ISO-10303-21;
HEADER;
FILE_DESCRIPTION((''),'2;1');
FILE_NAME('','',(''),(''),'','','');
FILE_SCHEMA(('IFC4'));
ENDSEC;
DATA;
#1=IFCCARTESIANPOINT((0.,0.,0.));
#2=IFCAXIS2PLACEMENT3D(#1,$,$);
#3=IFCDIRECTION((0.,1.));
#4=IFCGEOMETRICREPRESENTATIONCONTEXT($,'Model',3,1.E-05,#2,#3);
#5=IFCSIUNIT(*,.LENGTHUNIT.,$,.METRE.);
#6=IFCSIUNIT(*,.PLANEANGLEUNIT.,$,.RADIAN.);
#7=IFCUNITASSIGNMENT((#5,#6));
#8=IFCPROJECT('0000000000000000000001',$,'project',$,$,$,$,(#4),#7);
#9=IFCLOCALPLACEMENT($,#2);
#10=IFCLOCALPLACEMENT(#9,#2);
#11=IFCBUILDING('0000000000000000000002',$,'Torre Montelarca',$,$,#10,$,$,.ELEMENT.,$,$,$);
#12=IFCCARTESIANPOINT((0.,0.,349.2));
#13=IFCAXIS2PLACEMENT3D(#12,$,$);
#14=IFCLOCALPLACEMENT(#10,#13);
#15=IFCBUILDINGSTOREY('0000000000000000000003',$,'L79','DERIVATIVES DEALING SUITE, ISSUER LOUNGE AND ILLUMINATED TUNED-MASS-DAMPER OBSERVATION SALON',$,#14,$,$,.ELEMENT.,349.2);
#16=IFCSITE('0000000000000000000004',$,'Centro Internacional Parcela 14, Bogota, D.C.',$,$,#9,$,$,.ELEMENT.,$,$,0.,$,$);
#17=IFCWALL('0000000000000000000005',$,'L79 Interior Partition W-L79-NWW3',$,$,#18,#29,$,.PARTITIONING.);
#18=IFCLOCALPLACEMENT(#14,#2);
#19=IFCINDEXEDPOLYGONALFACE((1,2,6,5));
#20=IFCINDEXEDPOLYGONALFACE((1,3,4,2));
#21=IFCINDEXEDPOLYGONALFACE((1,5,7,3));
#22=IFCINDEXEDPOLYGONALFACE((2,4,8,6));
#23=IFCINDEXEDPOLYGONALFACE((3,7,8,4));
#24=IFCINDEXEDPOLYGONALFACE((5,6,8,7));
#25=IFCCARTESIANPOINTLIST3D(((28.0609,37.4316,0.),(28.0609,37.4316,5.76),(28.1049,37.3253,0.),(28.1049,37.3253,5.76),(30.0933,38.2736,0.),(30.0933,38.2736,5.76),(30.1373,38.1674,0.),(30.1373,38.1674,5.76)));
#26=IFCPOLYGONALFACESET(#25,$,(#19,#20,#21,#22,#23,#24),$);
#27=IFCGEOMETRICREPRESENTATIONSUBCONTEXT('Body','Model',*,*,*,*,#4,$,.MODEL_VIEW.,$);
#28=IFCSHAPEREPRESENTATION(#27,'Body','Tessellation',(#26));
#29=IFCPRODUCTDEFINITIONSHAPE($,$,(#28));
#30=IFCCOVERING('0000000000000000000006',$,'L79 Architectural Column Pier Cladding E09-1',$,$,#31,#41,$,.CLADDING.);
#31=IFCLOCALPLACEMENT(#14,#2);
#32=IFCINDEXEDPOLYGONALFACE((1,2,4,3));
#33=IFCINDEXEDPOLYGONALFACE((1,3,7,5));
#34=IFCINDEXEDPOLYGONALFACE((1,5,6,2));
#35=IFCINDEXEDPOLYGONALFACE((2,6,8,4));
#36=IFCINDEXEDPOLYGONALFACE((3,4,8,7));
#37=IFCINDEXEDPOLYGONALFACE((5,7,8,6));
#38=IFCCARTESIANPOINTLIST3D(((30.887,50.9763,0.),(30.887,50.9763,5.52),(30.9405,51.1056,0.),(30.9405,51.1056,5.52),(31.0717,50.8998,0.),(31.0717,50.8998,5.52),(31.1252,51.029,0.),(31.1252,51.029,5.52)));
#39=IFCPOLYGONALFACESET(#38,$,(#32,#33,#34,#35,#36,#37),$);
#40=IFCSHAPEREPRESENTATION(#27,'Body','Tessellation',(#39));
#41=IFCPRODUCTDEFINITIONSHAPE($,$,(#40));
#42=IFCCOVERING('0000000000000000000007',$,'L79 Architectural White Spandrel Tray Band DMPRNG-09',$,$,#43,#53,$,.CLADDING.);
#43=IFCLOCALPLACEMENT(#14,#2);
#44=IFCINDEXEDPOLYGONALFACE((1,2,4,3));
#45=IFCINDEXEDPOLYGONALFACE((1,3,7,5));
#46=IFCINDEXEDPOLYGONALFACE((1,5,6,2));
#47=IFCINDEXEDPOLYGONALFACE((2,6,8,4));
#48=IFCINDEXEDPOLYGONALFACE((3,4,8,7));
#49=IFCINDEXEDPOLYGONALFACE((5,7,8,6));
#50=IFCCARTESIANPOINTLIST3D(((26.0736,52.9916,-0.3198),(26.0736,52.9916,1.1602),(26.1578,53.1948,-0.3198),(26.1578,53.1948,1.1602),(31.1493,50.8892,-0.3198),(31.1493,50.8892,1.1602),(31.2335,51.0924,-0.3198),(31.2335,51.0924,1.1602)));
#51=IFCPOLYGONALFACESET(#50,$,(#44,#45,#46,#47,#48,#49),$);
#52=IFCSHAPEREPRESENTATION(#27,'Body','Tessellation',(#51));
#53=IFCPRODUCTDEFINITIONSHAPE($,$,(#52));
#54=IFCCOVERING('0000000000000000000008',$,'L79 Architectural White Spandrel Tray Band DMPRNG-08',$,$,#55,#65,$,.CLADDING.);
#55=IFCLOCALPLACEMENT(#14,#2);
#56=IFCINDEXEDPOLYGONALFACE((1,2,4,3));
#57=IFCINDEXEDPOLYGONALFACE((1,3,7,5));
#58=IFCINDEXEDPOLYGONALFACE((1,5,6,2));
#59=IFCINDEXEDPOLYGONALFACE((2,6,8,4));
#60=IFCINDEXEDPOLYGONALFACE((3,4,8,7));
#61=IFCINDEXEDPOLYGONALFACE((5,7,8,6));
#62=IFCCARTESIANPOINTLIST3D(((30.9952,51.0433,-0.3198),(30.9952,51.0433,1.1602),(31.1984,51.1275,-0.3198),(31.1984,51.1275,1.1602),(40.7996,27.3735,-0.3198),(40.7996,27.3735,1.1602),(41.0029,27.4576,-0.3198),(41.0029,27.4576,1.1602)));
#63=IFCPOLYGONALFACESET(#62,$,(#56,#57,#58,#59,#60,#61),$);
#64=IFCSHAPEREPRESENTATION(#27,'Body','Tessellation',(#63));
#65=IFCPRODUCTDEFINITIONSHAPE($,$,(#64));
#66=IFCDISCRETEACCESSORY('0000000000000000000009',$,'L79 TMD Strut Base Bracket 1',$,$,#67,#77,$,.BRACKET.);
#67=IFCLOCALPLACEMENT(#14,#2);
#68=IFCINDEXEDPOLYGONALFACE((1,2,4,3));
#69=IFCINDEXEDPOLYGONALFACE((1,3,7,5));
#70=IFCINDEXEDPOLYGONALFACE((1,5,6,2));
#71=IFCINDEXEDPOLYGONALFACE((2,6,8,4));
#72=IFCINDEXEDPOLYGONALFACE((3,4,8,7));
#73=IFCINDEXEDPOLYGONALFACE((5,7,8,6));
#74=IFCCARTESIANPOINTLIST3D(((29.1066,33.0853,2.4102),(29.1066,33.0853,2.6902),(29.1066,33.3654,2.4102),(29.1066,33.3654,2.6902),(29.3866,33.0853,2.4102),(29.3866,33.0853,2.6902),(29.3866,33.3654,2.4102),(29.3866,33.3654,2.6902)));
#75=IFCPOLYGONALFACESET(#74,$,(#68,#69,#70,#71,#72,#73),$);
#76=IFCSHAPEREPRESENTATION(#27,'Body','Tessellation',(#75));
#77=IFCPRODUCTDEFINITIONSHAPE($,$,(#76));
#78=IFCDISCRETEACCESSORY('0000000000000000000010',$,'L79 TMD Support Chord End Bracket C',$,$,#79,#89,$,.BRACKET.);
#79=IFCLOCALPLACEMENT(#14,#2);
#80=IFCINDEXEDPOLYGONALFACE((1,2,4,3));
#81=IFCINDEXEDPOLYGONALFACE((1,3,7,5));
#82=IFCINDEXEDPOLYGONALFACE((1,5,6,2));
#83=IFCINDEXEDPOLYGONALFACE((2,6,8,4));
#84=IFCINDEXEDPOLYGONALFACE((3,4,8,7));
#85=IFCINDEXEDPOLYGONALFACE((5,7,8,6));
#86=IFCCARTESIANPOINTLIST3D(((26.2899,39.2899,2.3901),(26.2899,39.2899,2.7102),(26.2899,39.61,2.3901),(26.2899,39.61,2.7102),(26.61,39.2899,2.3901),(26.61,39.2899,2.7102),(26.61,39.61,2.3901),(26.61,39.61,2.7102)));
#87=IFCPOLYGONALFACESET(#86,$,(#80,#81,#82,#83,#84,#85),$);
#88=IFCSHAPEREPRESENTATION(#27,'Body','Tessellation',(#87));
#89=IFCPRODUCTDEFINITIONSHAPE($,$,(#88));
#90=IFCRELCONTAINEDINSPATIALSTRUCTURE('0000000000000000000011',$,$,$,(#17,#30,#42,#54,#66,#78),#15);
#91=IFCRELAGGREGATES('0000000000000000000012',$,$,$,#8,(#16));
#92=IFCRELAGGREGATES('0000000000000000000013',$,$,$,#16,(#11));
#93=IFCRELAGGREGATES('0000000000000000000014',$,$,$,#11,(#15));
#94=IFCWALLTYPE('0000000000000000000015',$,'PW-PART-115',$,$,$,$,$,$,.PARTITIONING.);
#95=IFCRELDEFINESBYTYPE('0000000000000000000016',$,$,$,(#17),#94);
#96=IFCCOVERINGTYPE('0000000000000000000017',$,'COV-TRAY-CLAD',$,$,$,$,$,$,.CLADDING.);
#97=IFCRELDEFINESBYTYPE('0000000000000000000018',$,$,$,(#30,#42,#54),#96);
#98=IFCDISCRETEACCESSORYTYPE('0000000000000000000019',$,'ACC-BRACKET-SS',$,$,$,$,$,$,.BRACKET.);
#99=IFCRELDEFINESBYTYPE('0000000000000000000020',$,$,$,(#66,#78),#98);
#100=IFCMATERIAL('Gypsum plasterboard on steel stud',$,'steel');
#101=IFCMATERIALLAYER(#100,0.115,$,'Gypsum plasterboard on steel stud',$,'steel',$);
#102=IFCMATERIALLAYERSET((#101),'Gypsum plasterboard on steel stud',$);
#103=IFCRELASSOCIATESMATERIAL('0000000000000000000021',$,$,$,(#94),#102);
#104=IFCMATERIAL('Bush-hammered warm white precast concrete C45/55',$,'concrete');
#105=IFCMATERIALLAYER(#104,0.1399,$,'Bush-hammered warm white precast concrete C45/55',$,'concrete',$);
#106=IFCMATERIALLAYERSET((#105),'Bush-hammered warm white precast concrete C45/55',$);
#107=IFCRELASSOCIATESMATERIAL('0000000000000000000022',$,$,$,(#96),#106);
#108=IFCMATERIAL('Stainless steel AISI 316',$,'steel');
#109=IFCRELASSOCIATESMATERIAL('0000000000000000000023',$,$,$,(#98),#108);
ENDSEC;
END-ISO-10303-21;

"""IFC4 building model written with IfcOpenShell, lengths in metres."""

from ifc_helpers import new_model, si_unit, direction, frame, frame_2d, origin, origin_2d, place, context, subcontext, project, spatial, rectangle, extrude, source, transform, mapped, material, layer, layer_set, type_object, element, save


model = new_model("IFC4")

# Units and contexts
model_context = context("Model", 3, precision=1e-05, world=origin(), true_north=direction((0.0, 1.0)))
body_context = subcontext(model_context, "Body", "Model", "MODEL_VIEW")
ifc_project = project(units=[si_unit("LENGTHUNIT", "METRE"), si_unit("PLANEANGLEUNIT", "RADIAN")], contexts=[model_context])

# Site, building, storey
site_placement = place(None, origin())
site = spatial("IfcSite", under=ifc_project, at=site_placement, Name="Centro Internacional Parcela 14, Bogota, D.C.", CompositionType="ELEMENT", RefElevation=0.0)
building_placement = place(site_placement, origin())
building = spatial("IfcBuilding", under=site, at=building_placement, Name="Torre Montelarca", CompositionType="ELEMENT")
storey_placement = place(building_placement, frame((0.0, 0.0, 349.2)))
storey = spatial("IfcBuildingStorey", under=building, at=storey_placement, Name="L79", Description="DERIVATIVES DEALING SUITE, ISSUER LOUNGE AND ILLUMINATED TUNED-MASS-DAMPER OBSERVATION SALON", CompositionType="ELEMENT", Elevation=349.2)

# Wall
ifc_material_1 = material(Name="Gypsum plasterboard on steel stud", Category="steel")
ifc_layer_1 = layer(ifc_material_1, 0.115, Name="Gypsum plasterboard on steel stud", Category="steel")
ifc_layer_set_1 = layer_set([ifc_layer_1], Name="Gypsum plasterboard on steel stud")
wall_type_1 = type_object("IfcWallType", Name="PW-PART-115", PredefinedType="PARTITIONING", material=ifc_layer_set_1)
wall_1_placement = place(storey_placement, frame((28.0828, 37.3784, 0.0), z_axis=(0.0, 0.0, 1.0), x_axis=(0.923853, 0.382747, 0.0)))
element("IfcWall", 1, at=wall_1_placement, inside=storey, type_object=wall_type_1, Name="L79 Interior Partition W-L79-NWW3", PredefinedType="PARTITIONING", context=body_context, shape_type="SweptSolid", body=[
    extrude(rectangle(XDim=2.2, YDim=0.115, at=frame_2d((1.1001, 0.0))), origin(), (0.0, 0.0, 1.0), 5.76),
])

# Coverings
ifc_material_2 = material(Name="Bush-hammered warm white precast concrete C45/55", Category="concrete")
ifc_layer_2 = layer(ifc_material_2, 0.1399, Name="Bush-hammered warm white precast concrete C45/55", Category="concrete")
ifc_layer_set_2 = layer_set([ifc_layer_2], Name="Bush-hammered warm white precast concrete C45/55")
covering_type = type_object("IfcCoveringType", Name="COV-TRAY-CLAD", PredefinedType="CLADDING", material=ifc_layer_set_2)
shared_shape_1 = source(origin(), body_context, "Body", "SweptSolid", [
    extrude(rectangle(XDim=0.2, YDim=0.1399, at=origin_2d()), origin(), (0.0, 0.0, 1.0), 5.52),
])
covering_1_placement = place(storey_placement, frame((31.0061, 51.0027, 0.0), z_axis=(0.0, 0.0, 1.0), x_axis=(-0.923881, 0.38268, 0.0)))
element("IfcCovering", 2, at=covering_1_placement, inside=storey, type_object=covering_type, Name="L79 Architectural Column Pier Cladding E09-1", PredefinedType="CLADDING", context=body_context, shape_type="MappedRepresentation", body=[
    mapped(shared_shape_1, transform((0.0, 0.0, 0.0), scale=1.0)),
])
shared_shape_2 = source(origin(), body_context, "Body", "SweptSolid", [
    extrude(rectangle(XDim=5.4939, YDim=0.22, at=origin_2d()), origin(), (0.0, 0.0, 1.0), 1.48),
])
covering_2_placement = place(storey_placement, frame((28.6536, 52.042, -0.3198), z_axis=(0.0, 0.0, 1.0), x_axis=(-0.923882, 0.382679, 0.0)))
element("IfcCovering", 3, at=covering_2_placement, inside=storey, type_object=covering_type, Name="L79 Architectural White Spandrel Tray Band DMPRNG-09", PredefinedType="CLADDING", context=body_context, shape_type="MappedRepresentation", body=[
    mapped(shared_shape_2, transform((0.0, 0.0, 0.0), scale=1.0)),
])
shared_shape_3 = source(origin(), body_context, "Body", "SweptSolid", [
    extrude(rectangle(XDim=25.6201, YDim=0.22, at=origin_2d()), origin(), (0.0, 0.0, 1.0), 1.48),
])
covering_3_placement = place(storey_placement, frame((35.999, 39.2505, -0.3198), z_axis=(0.0, 0.0, 1.0), x_axis=(-0.382687, 0.923878, 0.0)))
element("IfcCovering", 4, at=covering_3_placement, inside=storey, type_object=covering_type, Name="L79 Architectural White Spandrel Tray Band DMPRNG-08", PredefinedType="CLADDING", context=body_context, shape_type="MappedRepresentation", body=[
    mapped(shared_shape_3, transform((0.0, 0.0, 0.0), scale=1.0)),
])

# Discrete accessories
ifc_material_3 = material(Name="Stainless steel AISI 316", Category="steel")
discrete_accessory_type = type_object("IfcDiscreteAccessoryType", Name="ACC-BRACKET-SS", PredefinedType="BRACKET", material=ifc_material_3)
shared_shape_4 = source(origin(), body_context, "Body", "SweptSolid", [
    extrude(rectangle(XDim=0.28, YDim=0.28, at=origin_2d()), origin(), (0.0, 0.0, 1.0), 0.28),
])
discrete_accessory_1_placement = place(storey_placement, frame((29.2466, 33.2253, 2.4102), z_axis=(0.0, 0.0, 1.0), x_axis=(1.0, 0.0, 0.0)))
element("IfcDiscreteAccessory", 5, at=discrete_accessory_1_placement, inside=storey, type_object=discrete_accessory_type, Name="L79 TMD Strut Base Bracket 1", PredefinedType="BRACKET", context=body_context, shape_type="MappedRepresentation", body=[
    mapped(shared_shape_4, transform((0.0, 0.0, 0.0), scale=1.0)),
])
shared_shape_5 = source(origin(), body_context, "Body", "SweptSolid", [
    extrude(rectangle(XDim=0.3201, YDim=0.3201, at=origin_2d()), origin(), (0.0, 0.0, 1.0), 0.3201),
])
discrete_accessory_2_placement = place(storey_placement, frame((26.45, 39.45, 2.3901), z_axis=(0.0, 0.0, 1.0), x_axis=(1.0, 0.0, 0.0)))
element("IfcDiscreteAccessory", 6, at=discrete_accessory_2_placement, inside=storey, type_object=discrete_accessory_type, Name="L79 TMD Support Chord End Bracket C", PredefinedType="BRACKET", context=body_context, shape_type="MappedRepresentation", body=[
    mapped(shared_shape_5, transform((0.0, 0.0, 0.0), scale=1.0)),
])

save(model, "model.ifc")
